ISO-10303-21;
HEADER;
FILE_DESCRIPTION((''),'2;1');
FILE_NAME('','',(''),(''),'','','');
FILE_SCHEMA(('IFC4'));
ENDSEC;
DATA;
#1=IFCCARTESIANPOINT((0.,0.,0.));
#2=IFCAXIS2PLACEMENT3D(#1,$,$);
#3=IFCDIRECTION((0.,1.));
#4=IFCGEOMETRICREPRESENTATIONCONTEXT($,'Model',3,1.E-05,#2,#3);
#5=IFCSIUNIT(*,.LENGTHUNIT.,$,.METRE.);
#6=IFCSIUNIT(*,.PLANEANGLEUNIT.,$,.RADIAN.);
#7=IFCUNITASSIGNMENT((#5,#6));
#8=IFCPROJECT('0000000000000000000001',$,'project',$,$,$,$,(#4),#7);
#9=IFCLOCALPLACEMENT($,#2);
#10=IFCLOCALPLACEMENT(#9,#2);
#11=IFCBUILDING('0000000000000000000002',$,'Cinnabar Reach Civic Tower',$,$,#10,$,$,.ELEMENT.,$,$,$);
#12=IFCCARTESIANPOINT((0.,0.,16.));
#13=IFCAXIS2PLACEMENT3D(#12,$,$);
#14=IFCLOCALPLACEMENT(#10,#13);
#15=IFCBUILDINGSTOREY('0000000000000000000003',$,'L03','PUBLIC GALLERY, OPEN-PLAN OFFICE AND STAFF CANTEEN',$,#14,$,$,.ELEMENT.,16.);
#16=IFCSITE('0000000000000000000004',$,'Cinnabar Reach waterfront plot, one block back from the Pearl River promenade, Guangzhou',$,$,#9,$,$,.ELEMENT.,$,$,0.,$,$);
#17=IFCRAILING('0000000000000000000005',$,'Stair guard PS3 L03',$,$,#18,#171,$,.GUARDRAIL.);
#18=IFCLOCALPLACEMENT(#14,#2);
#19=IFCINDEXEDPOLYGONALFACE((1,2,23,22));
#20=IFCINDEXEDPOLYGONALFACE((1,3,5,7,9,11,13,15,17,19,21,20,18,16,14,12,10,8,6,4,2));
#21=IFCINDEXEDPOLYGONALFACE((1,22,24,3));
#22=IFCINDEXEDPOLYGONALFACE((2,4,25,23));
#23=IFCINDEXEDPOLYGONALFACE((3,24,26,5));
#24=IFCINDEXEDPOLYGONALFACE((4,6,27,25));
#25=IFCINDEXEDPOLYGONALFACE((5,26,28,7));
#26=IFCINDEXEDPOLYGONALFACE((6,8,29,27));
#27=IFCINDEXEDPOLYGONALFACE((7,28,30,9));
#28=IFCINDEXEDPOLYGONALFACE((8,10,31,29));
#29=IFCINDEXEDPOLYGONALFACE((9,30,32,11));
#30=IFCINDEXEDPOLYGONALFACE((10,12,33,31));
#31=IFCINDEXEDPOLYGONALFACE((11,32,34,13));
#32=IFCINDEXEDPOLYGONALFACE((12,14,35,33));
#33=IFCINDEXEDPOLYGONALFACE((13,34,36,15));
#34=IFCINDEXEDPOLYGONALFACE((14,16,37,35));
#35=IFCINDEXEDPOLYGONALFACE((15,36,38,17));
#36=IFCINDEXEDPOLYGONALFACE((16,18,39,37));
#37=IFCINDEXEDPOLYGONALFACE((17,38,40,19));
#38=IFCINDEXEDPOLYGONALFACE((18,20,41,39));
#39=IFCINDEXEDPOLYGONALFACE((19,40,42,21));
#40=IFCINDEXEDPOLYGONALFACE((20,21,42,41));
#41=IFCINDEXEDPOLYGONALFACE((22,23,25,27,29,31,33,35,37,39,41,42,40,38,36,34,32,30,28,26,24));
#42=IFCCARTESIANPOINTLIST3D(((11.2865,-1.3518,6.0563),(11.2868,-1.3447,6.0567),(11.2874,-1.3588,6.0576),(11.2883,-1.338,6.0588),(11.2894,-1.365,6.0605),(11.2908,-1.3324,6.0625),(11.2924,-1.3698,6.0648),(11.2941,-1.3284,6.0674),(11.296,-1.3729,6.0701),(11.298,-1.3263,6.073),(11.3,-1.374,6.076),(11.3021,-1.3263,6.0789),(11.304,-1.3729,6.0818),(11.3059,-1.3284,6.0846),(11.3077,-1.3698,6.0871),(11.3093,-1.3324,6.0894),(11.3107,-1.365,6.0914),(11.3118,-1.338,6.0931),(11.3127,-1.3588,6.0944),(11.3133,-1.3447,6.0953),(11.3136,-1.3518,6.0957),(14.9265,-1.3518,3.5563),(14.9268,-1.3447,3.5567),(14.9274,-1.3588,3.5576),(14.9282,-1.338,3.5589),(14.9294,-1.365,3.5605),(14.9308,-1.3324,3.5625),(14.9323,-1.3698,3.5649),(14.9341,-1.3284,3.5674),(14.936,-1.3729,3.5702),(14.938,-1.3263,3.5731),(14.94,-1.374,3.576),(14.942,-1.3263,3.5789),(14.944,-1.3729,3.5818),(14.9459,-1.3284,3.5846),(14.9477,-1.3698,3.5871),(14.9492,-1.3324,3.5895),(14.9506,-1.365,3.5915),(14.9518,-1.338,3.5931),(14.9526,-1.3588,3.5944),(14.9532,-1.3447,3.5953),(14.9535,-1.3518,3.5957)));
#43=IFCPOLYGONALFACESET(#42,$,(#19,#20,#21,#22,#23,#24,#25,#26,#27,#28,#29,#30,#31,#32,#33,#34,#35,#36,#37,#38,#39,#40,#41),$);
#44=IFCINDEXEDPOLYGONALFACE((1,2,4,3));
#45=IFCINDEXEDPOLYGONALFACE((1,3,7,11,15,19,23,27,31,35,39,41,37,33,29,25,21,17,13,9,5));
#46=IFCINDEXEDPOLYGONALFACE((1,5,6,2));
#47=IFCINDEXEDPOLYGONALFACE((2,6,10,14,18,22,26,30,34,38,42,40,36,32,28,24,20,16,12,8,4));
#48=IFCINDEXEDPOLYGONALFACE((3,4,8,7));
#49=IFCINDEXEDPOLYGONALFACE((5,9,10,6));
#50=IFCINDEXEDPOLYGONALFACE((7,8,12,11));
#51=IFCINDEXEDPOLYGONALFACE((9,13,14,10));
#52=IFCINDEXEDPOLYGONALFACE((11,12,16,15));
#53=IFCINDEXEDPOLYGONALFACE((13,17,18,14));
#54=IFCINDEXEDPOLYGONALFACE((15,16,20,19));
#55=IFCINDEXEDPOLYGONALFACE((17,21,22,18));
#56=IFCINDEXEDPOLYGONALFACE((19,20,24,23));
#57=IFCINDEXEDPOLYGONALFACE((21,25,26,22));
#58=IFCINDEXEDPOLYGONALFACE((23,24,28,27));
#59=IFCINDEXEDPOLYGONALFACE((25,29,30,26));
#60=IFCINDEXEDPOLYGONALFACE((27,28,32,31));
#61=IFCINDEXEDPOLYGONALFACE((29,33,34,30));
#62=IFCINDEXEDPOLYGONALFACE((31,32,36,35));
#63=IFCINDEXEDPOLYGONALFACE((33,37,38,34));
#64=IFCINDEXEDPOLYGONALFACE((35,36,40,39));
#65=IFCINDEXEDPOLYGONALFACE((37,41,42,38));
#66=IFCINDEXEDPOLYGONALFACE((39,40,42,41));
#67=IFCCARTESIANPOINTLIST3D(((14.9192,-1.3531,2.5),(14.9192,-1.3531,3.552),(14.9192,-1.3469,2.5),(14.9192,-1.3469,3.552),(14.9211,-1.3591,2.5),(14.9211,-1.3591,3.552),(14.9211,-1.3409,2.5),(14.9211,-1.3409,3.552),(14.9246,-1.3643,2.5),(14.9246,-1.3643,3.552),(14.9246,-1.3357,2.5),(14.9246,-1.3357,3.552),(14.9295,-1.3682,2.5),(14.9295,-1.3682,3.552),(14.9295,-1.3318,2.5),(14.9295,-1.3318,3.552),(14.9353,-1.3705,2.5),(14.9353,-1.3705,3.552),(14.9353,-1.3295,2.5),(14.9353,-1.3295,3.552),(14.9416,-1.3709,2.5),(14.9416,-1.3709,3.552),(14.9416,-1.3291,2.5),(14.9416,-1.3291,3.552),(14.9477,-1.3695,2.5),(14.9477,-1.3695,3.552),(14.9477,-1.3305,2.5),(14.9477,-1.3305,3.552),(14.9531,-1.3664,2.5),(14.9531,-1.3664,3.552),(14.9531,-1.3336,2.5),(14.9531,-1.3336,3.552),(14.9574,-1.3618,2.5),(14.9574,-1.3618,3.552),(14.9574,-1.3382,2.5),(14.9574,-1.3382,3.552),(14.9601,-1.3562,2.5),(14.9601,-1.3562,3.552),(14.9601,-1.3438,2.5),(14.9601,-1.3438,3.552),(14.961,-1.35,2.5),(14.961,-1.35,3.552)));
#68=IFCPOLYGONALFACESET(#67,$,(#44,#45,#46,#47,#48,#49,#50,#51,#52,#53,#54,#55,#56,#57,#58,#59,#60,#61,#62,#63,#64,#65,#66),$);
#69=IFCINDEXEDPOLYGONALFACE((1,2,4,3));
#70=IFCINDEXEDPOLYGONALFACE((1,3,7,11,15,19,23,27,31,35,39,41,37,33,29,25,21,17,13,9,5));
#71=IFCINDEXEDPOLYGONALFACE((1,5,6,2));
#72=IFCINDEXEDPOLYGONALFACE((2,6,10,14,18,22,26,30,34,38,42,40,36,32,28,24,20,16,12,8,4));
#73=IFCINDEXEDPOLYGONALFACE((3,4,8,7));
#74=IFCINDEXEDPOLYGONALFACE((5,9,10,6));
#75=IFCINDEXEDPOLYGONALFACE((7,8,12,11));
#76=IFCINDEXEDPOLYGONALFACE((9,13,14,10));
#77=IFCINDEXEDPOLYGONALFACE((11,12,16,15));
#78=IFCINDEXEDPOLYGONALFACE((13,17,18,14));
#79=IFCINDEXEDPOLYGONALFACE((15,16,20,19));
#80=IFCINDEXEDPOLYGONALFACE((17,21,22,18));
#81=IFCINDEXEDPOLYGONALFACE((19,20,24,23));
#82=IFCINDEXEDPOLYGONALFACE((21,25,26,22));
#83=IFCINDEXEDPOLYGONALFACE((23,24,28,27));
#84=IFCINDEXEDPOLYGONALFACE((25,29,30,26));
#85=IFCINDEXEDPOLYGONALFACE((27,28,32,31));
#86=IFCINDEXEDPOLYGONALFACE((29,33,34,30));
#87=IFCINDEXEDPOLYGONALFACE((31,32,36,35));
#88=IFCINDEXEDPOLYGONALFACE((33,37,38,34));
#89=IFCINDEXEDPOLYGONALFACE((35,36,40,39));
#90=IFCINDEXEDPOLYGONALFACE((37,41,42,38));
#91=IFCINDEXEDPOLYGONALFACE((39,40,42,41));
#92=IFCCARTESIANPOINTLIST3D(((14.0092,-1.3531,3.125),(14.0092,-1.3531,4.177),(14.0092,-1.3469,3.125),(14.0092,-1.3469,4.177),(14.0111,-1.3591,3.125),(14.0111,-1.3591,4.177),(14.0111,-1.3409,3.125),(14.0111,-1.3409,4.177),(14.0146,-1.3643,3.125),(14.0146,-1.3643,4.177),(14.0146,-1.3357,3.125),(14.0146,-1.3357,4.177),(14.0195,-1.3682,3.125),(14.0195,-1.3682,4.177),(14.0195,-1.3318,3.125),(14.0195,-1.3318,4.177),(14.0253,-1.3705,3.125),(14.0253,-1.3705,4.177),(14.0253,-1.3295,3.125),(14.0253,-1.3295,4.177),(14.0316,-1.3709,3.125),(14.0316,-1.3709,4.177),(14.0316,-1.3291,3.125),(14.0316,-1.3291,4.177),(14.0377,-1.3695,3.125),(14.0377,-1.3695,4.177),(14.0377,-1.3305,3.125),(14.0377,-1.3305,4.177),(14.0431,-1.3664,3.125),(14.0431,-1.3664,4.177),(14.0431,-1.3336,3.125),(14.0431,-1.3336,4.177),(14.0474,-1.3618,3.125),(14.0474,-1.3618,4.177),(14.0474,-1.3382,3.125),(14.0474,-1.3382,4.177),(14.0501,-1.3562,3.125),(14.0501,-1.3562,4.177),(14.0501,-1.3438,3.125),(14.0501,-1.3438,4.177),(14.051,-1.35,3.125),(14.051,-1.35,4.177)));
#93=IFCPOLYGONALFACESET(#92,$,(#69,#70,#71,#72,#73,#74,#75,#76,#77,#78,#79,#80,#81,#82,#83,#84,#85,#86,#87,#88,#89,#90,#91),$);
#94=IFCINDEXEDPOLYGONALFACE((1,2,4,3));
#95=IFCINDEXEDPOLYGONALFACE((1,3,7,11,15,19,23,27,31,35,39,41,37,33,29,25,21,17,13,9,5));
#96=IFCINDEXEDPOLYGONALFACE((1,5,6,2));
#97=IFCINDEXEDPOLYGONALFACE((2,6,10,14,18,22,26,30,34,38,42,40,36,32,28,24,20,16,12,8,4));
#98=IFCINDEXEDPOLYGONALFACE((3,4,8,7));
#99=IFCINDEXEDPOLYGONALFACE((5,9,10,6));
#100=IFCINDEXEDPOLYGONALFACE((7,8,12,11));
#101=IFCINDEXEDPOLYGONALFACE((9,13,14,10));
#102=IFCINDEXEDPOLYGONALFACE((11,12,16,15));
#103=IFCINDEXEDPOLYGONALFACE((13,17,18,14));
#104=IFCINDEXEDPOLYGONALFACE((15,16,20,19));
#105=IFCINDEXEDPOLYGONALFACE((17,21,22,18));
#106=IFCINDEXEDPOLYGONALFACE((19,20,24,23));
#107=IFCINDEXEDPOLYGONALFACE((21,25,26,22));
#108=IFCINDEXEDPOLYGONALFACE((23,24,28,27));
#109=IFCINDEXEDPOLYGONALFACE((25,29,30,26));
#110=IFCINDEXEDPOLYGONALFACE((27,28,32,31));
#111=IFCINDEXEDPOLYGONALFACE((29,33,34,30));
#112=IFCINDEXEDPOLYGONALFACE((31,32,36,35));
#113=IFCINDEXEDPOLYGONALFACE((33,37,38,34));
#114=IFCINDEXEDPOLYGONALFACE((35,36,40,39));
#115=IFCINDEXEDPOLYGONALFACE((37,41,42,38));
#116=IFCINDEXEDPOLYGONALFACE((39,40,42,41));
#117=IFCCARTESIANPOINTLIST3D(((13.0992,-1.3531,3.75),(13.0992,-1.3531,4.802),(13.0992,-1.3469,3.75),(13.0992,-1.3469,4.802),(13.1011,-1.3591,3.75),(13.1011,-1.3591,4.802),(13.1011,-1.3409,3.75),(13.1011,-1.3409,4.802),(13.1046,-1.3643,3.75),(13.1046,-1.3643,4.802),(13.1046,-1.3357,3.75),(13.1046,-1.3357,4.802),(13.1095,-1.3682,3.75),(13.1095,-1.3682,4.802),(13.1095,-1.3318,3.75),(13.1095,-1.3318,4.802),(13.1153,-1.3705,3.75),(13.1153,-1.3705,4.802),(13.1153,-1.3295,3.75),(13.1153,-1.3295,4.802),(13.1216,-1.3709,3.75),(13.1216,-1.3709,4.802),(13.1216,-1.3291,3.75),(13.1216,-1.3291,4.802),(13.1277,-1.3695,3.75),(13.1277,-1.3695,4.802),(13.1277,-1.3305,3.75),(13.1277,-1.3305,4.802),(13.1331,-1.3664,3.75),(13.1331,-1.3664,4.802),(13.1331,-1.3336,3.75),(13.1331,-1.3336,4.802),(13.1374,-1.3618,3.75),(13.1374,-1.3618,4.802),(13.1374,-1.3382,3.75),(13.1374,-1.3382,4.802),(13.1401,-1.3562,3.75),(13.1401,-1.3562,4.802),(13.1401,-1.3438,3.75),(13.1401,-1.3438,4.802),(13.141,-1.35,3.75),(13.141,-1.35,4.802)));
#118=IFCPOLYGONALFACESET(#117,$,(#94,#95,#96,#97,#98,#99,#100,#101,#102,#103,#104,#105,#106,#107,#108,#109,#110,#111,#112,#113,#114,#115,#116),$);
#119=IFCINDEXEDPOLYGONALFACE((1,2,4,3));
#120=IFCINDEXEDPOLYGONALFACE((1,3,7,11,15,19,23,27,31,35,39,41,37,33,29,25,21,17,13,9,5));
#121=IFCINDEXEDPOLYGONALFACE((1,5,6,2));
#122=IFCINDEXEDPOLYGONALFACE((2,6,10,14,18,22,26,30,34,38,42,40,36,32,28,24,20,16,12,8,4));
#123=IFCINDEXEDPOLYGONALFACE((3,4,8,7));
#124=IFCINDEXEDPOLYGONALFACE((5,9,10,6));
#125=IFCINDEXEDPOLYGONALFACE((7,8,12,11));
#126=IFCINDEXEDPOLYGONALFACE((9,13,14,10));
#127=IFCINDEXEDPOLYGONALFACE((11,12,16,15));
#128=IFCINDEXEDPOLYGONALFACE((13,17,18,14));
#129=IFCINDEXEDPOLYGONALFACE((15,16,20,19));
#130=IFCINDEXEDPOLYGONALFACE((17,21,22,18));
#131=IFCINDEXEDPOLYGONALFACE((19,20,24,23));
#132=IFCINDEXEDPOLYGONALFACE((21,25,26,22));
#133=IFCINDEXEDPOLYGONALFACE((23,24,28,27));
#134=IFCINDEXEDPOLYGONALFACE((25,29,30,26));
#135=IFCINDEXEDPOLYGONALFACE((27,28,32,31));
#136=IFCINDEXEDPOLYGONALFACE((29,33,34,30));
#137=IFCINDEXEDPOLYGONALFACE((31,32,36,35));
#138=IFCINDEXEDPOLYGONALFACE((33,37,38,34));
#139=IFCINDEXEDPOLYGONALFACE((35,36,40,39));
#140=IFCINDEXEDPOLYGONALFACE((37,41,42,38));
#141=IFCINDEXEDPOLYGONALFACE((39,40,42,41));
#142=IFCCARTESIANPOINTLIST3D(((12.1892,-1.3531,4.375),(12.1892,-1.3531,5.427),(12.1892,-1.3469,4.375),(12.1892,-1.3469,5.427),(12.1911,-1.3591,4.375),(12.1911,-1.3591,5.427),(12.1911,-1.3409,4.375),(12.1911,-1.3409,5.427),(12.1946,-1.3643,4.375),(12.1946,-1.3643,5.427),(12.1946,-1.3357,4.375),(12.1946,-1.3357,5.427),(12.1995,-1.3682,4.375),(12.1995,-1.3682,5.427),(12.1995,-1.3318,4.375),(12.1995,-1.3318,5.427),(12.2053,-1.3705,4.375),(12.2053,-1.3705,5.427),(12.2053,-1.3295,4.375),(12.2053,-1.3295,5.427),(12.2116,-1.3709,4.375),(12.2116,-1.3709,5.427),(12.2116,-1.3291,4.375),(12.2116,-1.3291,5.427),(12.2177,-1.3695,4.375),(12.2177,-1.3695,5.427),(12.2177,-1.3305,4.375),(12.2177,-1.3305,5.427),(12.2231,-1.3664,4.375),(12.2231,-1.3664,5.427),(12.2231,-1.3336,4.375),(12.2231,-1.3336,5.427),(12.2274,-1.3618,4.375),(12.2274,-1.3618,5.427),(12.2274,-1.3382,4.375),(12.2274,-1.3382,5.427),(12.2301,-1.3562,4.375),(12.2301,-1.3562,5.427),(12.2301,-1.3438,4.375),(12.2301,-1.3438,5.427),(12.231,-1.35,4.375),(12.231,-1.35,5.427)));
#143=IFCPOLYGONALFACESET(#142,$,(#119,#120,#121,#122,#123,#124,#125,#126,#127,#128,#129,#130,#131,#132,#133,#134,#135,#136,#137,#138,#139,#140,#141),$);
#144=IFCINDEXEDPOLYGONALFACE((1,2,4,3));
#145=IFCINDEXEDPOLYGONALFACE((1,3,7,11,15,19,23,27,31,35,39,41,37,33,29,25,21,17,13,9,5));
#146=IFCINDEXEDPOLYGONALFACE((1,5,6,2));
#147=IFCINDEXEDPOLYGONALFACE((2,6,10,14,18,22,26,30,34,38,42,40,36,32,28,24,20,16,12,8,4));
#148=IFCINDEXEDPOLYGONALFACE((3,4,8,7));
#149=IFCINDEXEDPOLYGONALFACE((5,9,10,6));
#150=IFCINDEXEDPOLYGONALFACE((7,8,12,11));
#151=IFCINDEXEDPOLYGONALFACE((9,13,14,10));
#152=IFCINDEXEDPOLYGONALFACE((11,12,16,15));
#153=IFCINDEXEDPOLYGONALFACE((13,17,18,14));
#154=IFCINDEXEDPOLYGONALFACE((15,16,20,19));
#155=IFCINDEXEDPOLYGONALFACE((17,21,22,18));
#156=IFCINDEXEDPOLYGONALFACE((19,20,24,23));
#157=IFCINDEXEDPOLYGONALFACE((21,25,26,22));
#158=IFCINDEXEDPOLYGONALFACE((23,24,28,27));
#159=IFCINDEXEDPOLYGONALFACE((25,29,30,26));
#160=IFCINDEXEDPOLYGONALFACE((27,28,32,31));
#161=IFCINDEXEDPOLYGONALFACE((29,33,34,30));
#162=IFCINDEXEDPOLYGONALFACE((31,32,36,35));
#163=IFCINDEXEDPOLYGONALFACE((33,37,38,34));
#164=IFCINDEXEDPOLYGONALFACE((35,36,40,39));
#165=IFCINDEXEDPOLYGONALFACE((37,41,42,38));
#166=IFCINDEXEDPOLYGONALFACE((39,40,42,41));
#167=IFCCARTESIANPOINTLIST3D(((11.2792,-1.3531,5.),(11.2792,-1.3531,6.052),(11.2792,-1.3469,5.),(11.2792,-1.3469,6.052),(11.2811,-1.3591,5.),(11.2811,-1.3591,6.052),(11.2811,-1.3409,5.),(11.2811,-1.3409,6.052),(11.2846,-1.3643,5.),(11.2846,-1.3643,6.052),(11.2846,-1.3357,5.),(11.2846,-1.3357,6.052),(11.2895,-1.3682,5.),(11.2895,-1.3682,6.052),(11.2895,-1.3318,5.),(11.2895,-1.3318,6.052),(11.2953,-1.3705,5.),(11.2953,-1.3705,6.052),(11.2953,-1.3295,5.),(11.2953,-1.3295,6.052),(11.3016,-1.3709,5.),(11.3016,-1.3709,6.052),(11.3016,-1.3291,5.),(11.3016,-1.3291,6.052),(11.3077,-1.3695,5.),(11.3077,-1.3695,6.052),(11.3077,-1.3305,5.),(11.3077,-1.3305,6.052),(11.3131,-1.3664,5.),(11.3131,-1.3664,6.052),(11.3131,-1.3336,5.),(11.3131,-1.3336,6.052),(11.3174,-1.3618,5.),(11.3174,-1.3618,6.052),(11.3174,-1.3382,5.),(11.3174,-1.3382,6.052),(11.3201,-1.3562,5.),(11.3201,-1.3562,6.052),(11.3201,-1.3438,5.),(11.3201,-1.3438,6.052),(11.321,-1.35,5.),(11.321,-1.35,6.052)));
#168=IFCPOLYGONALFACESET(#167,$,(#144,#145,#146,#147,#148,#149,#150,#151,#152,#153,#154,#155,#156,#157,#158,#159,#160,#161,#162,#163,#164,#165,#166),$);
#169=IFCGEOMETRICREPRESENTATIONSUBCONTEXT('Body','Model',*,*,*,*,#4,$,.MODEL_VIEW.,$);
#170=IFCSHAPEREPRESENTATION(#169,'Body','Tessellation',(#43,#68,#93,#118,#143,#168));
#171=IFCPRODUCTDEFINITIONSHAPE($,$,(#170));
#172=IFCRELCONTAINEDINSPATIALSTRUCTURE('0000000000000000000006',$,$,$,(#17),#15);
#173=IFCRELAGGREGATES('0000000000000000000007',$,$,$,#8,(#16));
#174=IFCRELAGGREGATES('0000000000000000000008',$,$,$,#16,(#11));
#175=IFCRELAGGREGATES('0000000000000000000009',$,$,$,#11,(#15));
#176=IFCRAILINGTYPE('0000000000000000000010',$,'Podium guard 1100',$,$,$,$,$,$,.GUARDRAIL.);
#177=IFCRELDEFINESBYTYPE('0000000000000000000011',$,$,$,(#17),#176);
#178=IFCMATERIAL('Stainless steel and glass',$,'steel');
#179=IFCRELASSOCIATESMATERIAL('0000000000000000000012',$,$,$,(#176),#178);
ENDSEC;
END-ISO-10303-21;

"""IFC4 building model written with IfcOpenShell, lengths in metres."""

from ifc_helpers import new_model, si_unit, direction, frame, origin, origin_2d, place, context, subcontext, project, spatial, circle, extrude, material, type_object, element, save


model = new_model("IFC4")

# Units and contexts
model_context = context("Model", 3, precision=1e-05, world=origin(), true_north=direction((0.0, 1.0)))
body_context = subcontext(model_context, "Body", "Model", "MODEL_VIEW")
ifc_project = project(units=[si_unit("LENGTHUNIT", "METRE"), si_unit("PLANEANGLEUNIT", "RADIAN")], contexts=[model_context])

# Site, building, storey
site_placement = place(None, origin())
site = spatial("IfcSite", under=ifc_project, at=site_placement, Name="Cinnabar Reach waterfront plot, one block back from the Pearl River promenade, Guangzhou", CompositionType="ELEMENT", RefElevation=0.0)
building_placement = place(site_placement, origin())
building = spatial("IfcBuilding", under=site, at=building_placement, Name="Cinnabar Reach Civic Tower", CompositionType="ELEMENT")
storey_placement = place(building_placement, frame((0.0, 0.0, 16.0)))
storey = spatial("IfcBuildingStorey", under=building, at=storey_placement, Name="L03", Description="PUBLIC GALLERY, OPEN-PLAN OFFICE AND STAFF CANTEEN", CompositionType="ELEMENT", Elevation=16.0)

# Railing
ifc_material_1 = material(Name="Stainless steel and glass", Category="steel")
railing_type_1 = type_object("IfcRailingType", Name="Podium guard 1100", PredefinedType="GUARDRAIL", material=ifc_material_1)
railing_1_placement = place(storey_placement, frame((14.94, -1.35, 2.5)))
element("IfcRailing", 1, at=railing_1_placement, inside=storey, type_object=railing_type_1, Name="Stair guard PS3 L03", PredefinedType="GUARDRAIL", context=body_context, shape_type="SweptSolid", body=[
    extrude(circle(Radius=0.024, at=origin_2d()), frame((0.0, 0.0, 1.076), z_axis=(-0.824306, 0.0, 0.566144), x_axis=(0.0, -1.0, 0.0)), (0.0, 0.0, 1.0), 4.4158),
    extrude(circle(Radius=0.021, at=origin_2d()), origin(), (0.0, 0.0, 1.0), 1.052),
    extrude(circle(Radius=0.021, at=origin_2d()), frame((-0.91, 0.0, 0.625)), (0.0, 0.0, 1.0), 1.052),
    extrude(circle(Radius=0.021, at=origin_2d()), frame((-1.82, 0.0, 1.25)), (0.0, 0.0, 1.0), 1.052),
    extrude(circle(Radius=0.021, at=origin_2d()), frame((-2.73, 0.0, 1.875)), (0.0, 0.0, 1.0), 1.052),
    extrude(circle(Radius=0.021, at=origin_2d()), frame((-3.64, 0.0, 2.5)), (0.0, 0.0, 1.0), 1.052),
])

save(model, "model.ifc")
